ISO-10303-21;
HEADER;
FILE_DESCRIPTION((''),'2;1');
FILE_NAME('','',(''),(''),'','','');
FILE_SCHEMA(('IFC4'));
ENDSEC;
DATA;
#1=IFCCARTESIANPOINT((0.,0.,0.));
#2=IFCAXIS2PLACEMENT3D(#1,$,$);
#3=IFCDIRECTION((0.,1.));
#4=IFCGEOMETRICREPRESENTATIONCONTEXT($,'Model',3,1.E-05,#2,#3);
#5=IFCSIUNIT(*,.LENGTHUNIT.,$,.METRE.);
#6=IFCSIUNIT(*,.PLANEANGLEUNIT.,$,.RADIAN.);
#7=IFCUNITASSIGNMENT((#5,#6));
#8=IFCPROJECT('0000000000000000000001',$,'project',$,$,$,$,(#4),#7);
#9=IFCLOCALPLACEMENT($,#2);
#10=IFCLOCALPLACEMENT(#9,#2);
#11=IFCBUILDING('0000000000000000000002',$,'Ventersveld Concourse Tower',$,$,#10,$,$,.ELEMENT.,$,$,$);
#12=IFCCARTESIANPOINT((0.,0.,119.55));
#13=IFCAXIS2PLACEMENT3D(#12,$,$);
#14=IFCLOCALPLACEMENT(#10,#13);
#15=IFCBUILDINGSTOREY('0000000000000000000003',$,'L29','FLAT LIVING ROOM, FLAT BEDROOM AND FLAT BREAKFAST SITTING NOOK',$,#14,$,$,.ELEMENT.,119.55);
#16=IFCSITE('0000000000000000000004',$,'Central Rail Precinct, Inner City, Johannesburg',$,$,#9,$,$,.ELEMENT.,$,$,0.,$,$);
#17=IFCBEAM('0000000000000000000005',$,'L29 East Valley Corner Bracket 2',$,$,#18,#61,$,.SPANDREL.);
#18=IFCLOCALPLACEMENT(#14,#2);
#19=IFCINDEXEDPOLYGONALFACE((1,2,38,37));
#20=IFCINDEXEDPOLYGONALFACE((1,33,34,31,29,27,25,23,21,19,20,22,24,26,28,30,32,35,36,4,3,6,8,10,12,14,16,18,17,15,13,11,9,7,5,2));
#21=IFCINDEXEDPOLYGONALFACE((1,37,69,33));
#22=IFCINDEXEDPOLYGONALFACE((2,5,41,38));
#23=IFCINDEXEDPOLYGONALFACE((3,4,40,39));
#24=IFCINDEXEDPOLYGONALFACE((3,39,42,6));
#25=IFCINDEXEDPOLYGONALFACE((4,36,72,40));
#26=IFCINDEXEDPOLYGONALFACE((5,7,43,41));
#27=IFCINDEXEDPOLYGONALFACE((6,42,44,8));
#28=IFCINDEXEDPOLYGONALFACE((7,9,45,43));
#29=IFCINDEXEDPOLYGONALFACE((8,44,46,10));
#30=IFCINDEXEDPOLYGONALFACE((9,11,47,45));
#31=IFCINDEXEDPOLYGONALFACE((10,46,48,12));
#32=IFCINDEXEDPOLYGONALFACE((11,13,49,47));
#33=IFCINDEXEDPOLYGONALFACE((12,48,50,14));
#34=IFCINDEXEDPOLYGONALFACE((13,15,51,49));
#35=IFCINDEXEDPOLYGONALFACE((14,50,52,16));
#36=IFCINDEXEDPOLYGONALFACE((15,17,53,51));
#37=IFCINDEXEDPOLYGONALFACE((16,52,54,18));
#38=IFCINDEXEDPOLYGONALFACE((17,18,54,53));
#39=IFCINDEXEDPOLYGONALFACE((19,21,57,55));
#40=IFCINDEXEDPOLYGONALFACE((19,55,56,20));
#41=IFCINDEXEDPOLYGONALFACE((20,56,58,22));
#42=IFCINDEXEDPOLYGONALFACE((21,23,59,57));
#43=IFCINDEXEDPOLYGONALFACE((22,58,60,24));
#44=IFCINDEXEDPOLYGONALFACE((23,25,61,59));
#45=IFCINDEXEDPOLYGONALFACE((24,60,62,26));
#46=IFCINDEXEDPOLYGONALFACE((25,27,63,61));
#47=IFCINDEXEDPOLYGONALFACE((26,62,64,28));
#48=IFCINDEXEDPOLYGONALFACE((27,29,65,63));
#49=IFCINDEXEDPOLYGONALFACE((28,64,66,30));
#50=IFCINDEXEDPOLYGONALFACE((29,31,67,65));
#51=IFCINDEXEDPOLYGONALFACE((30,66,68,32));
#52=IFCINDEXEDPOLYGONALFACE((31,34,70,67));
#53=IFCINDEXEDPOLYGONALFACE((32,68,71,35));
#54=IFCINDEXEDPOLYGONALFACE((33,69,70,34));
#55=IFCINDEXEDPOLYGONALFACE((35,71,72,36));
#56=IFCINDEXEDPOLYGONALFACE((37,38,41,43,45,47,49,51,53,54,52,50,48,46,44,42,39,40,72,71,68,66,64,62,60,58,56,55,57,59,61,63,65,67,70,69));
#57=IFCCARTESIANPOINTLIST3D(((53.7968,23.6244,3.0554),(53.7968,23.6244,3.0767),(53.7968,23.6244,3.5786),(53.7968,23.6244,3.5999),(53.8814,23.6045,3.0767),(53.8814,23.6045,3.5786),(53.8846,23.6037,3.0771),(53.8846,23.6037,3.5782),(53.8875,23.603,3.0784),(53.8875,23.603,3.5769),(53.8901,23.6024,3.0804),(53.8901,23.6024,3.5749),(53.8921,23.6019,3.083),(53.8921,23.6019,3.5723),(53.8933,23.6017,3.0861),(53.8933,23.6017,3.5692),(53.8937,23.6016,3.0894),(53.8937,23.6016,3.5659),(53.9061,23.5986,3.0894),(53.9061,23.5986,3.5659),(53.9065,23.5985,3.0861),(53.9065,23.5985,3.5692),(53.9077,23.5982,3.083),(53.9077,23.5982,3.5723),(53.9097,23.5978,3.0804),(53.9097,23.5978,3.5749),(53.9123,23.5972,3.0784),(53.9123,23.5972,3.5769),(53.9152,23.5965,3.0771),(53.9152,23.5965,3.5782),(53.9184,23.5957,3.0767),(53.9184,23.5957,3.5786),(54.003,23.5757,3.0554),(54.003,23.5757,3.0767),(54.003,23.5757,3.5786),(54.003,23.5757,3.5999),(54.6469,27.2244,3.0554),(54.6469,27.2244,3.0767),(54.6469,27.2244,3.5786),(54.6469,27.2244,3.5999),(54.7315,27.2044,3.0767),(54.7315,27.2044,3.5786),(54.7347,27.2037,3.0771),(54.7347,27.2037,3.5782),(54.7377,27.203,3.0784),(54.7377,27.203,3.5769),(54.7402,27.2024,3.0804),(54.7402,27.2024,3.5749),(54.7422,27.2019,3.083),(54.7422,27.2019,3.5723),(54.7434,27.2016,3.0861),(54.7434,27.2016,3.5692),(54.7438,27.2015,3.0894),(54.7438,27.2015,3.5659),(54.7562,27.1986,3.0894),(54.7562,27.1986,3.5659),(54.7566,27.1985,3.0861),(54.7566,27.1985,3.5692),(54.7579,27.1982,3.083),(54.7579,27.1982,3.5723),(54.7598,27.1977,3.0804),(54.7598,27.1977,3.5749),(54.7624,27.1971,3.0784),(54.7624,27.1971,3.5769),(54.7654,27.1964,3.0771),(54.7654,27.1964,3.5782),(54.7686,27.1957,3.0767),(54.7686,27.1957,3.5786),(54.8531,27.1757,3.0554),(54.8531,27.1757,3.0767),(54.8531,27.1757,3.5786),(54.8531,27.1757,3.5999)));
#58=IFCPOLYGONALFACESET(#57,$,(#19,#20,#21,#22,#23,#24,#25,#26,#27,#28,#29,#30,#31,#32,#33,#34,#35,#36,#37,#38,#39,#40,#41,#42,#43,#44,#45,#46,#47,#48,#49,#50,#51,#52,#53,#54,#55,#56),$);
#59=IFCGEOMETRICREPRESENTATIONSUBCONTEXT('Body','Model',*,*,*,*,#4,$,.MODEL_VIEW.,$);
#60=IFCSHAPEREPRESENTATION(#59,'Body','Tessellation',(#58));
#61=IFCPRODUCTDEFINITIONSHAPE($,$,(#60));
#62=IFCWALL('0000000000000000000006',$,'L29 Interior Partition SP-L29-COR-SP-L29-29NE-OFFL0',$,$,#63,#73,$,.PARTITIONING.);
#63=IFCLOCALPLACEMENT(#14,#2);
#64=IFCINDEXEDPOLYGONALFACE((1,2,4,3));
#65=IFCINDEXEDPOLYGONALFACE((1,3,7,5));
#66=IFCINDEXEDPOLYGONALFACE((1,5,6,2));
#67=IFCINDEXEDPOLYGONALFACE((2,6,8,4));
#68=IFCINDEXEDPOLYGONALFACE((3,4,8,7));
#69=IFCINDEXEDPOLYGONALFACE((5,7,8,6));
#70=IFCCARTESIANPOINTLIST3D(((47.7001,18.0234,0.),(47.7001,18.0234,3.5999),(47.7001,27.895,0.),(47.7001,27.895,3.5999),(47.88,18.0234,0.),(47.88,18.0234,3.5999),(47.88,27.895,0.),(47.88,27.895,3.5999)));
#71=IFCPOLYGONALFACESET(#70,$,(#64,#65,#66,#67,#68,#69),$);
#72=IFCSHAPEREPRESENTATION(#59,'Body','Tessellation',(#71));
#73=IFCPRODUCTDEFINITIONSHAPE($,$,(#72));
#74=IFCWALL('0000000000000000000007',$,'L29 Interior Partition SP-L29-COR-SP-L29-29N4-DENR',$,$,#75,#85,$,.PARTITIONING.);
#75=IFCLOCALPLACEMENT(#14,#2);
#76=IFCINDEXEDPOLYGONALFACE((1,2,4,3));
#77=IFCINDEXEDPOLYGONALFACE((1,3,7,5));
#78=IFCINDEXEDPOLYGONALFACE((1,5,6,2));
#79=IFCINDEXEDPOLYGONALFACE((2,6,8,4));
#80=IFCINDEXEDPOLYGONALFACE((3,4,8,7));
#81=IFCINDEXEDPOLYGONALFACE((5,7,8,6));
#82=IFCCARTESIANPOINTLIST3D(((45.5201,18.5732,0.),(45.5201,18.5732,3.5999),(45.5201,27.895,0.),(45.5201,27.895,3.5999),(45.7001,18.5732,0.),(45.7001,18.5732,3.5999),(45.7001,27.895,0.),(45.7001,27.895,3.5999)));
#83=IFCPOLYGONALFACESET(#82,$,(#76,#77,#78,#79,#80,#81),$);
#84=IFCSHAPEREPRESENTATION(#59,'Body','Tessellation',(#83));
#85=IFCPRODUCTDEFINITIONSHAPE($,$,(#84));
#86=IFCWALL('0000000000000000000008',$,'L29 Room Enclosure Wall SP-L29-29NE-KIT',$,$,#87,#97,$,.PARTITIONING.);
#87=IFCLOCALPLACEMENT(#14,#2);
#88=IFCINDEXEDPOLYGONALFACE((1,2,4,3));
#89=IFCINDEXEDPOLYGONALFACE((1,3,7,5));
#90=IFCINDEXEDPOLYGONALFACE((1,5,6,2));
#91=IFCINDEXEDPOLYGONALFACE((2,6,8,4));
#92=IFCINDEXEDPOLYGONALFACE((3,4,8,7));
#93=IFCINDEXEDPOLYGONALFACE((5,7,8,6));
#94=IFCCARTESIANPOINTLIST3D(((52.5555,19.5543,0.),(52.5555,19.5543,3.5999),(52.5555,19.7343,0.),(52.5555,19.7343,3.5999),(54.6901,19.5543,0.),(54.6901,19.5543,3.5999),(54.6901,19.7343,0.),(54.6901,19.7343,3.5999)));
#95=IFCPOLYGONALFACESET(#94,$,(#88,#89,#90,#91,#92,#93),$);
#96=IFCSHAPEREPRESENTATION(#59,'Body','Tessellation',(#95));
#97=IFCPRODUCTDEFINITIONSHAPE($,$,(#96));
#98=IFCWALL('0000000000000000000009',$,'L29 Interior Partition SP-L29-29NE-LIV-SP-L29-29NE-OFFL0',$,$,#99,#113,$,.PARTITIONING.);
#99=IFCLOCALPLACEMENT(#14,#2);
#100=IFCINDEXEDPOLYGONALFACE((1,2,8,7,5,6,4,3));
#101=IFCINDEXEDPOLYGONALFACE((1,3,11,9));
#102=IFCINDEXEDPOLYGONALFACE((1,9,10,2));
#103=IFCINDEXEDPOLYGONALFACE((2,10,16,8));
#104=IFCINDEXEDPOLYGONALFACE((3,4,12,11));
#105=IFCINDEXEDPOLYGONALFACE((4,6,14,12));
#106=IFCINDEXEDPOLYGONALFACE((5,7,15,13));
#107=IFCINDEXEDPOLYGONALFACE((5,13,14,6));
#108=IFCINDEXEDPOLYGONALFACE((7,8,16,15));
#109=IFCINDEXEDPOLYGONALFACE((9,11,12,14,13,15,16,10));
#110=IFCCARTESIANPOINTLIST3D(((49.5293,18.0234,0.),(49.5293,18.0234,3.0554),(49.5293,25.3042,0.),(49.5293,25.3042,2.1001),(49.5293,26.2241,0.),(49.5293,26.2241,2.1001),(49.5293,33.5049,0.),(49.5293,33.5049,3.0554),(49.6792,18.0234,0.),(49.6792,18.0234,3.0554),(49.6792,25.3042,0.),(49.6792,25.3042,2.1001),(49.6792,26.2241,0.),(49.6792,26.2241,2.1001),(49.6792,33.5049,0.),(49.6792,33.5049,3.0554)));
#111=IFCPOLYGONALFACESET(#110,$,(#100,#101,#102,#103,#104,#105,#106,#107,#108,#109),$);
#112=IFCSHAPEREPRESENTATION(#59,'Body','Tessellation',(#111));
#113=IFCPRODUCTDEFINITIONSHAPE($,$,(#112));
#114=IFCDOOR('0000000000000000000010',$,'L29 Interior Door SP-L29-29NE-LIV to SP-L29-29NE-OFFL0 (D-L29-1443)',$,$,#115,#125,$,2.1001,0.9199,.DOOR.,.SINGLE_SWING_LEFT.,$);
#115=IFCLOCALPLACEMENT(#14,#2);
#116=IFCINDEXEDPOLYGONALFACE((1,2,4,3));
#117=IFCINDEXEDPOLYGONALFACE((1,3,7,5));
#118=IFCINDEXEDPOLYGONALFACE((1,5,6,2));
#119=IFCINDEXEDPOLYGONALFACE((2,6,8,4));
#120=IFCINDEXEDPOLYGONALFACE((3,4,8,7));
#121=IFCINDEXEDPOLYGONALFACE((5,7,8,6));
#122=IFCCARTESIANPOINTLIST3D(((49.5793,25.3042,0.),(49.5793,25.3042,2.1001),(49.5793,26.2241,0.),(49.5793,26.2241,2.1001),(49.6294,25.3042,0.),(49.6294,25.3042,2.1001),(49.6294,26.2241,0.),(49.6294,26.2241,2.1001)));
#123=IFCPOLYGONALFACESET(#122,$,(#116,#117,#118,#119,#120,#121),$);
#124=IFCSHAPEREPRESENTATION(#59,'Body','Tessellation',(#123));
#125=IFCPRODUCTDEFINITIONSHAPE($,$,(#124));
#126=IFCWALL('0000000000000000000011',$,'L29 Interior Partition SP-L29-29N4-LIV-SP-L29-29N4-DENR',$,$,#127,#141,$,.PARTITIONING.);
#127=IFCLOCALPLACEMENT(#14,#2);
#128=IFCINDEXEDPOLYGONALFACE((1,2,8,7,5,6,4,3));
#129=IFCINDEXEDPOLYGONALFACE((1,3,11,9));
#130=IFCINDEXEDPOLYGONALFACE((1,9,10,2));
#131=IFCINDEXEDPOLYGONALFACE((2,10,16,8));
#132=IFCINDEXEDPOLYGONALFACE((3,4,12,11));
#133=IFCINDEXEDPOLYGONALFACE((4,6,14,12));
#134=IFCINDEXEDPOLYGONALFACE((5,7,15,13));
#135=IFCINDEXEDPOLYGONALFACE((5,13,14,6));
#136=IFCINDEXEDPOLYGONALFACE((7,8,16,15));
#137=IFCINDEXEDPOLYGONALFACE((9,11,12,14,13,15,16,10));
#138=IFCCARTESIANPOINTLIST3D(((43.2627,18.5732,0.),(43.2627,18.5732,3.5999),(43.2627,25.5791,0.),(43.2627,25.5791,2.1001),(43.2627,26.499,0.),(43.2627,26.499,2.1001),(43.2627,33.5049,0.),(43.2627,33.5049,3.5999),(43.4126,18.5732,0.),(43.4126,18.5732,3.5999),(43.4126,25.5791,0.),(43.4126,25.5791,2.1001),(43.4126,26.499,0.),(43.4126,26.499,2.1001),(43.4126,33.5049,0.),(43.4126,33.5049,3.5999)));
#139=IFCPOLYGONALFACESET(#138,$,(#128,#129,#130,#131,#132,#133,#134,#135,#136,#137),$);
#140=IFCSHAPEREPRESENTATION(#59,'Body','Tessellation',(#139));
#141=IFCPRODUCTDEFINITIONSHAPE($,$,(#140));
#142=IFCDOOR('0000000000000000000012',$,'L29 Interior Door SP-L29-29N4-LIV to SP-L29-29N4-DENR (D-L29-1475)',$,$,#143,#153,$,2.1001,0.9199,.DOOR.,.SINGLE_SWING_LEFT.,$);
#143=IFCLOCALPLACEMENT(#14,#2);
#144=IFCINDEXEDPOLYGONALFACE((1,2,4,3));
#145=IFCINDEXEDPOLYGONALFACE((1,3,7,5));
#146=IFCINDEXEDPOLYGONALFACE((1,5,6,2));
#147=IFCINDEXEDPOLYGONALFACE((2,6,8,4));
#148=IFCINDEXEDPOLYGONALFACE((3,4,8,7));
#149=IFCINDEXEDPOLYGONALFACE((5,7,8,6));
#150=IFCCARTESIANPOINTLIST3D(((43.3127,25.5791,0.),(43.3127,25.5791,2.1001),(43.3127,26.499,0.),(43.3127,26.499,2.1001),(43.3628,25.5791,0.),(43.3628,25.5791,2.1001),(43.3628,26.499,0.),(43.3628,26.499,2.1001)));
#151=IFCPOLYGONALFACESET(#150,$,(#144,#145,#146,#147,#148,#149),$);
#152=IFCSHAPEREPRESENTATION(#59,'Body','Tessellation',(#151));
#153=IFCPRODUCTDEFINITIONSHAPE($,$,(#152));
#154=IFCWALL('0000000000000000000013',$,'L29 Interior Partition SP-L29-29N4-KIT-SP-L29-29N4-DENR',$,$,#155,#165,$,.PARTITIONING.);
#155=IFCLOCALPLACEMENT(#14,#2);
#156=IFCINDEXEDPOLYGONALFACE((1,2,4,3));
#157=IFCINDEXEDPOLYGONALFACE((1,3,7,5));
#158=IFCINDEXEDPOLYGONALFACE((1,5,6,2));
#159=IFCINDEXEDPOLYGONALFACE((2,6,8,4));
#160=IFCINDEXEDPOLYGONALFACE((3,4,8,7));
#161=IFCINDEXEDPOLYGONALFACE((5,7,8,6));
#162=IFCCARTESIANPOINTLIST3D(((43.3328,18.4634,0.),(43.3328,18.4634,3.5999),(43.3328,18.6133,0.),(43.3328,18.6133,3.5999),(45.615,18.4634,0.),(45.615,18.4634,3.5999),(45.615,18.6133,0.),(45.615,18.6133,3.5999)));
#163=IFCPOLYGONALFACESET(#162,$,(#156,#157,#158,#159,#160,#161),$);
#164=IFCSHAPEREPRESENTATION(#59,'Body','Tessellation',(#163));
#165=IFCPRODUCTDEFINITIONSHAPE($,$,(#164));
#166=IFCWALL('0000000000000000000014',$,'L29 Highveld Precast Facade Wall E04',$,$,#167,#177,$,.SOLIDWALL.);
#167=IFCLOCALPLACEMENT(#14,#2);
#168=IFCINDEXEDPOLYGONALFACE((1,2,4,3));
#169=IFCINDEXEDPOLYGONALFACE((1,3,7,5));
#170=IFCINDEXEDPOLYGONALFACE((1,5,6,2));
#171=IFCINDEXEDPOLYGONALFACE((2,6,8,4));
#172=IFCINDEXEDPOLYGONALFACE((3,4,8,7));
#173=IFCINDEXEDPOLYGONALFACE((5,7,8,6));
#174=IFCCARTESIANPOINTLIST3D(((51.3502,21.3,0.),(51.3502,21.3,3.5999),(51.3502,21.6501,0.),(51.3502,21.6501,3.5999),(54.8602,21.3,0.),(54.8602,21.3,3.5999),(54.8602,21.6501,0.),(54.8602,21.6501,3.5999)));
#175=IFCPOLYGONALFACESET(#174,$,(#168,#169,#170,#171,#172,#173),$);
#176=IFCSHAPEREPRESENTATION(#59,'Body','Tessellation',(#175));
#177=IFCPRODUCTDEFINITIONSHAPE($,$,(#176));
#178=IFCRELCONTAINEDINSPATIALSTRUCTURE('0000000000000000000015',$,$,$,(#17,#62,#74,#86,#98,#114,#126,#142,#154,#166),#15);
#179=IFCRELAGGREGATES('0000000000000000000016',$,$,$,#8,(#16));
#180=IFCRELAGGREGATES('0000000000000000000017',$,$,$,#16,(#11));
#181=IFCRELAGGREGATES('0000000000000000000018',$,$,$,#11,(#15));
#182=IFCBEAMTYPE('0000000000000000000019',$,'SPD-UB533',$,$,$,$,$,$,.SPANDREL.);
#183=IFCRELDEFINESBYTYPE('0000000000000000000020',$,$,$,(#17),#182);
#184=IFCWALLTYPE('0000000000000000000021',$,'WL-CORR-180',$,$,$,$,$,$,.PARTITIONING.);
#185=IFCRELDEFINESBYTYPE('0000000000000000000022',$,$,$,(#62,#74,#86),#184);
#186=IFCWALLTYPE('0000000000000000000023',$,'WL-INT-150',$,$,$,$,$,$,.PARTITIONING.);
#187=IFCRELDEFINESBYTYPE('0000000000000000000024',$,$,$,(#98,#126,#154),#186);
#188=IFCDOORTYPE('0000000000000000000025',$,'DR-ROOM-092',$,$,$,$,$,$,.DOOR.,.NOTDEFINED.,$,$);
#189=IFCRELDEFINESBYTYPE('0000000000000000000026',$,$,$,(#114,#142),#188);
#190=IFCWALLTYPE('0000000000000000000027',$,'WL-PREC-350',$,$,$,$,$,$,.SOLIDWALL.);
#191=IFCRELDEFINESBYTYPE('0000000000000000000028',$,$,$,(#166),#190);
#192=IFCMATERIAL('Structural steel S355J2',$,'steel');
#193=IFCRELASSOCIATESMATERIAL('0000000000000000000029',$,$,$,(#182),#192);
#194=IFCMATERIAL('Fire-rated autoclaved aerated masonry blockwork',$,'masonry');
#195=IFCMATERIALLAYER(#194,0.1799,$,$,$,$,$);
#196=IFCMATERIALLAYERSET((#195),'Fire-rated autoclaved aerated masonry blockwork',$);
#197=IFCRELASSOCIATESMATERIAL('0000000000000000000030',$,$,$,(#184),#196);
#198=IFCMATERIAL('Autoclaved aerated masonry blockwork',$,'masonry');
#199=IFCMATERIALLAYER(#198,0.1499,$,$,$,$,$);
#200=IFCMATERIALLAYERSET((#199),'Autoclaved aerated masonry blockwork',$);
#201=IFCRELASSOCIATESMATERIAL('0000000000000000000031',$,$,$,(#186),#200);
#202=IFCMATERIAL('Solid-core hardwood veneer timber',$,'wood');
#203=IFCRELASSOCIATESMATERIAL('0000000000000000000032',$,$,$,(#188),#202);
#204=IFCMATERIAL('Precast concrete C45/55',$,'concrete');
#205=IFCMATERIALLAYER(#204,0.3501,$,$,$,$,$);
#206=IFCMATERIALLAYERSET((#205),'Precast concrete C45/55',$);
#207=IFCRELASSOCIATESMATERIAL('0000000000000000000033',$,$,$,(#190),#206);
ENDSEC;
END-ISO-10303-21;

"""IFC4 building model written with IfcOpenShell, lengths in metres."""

from ifc_helpers import new_model, si_unit, direction, frame, frame_2d, origin, origin_2d, place, context, subcontext, project, spatial, rectangle, i_section, extrude, material, layer, layer_set, material_profile, profile_set, type_object, element, fill, save


model = new_model("IFC4")

# Units and contexts
model_context = context("Model", 3, precision=1e-05, world=origin(), true_north=direction((0.0, 1.0)))
body_context = subcontext(model_context, "Body", "Model", "MODEL_VIEW")
ifc_project = project(units=[si_unit("LENGTHUNIT", "METRE"), si_unit("PLANEANGLEUNIT", "RADIAN")], contexts=[model_context])

# Site, building, storey
site_placement = place(None, origin())
site = spatial("IfcSite", under=ifc_project, at=site_placement, Name="Central Rail Precinct, Inner City, Johannesburg", CompositionType="ELEMENT", RefElevation=0.0)
building_placement = place(site_placement, origin())
building = spatial("IfcBuilding", under=site, at=building_placement, Name="Ventersveld Concourse Tower", CompositionType="ELEMENT")
storey_placement = place(building_placement, frame((0.0, 0.0, 119.55)))
storey = spatial("IfcBuildingStorey", under=building, at=storey_placement, Name="L29", Description="FLAT LIVING ROOM, FLAT BEDROOM AND FLAT BREAKFAST SITTING NOOK", CompositionType="ELEMENT", Elevation=119.55)

# Beam
ifc_material_1 = material(Name="Structural steel S355J2", Category="steel")
ifc_material_profile_1 = material_profile(ifc_material_1, i_section(OverallWidth=0.2119, OverallDepth=0.5444, WebThickness=0.0127, FlangeThickness=0.0212, FilletRadius=0.0127, at=origin_2d()), Name="UB 533x210x122")
ifc_profile_set_1 = profile_set([ifc_material_profile_1], Name="Structural steel S355J2")
beam_type_1 = type_object("IfcBeamType", Name="SPD-UB533", PredefinedType="SPANDREL", material=ifc_profile_set_1)
beam_1_placement = place(storey_placement, frame((53.8999, 23.6001, 3.3276), z_axis=(0.229827, 0.973232, 0.0), x_axis=(-0.973232, 0.229827, 0.0)))
element("IfcBeam", 1, at=beam_1_placement, inside=storey, type_object=beam_type_1, Name="L29 East Valley Corner Bracket 2", PredefinedType="SPANDREL", context=body_context, shape_type="SweptSolid", body=[
    extrude(i_section(OverallWidth=0.2119, OverallDepth=0.5444, WebThickness=0.0127, FlangeThickness=0.0212, FilletRadius=0.0127, at=origin_2d()), origin(), (0.0, 0.0, 1.0), 3.699),
])

# Walls
ifc_material_2 = material(Name="Fire-rated autoclaved aerated masonry blockwork", Category="masonry")
ifc_layer_1 = layer(ifc_material_2, 0.1799)
ifc_layer_set_1 = layer_set([ifc_layer_1], Name="Fire-rated autoclaved aerated masonry blockwork")
wall_type_1 = type_object("IfcWallType", Name="WL-CORR-180", PredefinedType="PARTITIONING", material=ifc_layer_set_1)
wall_1_placement = place(storey_placement, frame((47.79, 18.0234, 0.0), z_axis=(0.0, 0.0, 1.0), x_axis=(0.0, 1.0, 0.0)))
element("IfcWall", 2, at=wall_1_placement, inside=storey, type_object=wall_type_1, Name="L29 Interior Partition SP-L29-COR-SP-L29-29NE-OFFL0", PredefinedType="PARTITIONING", context=body_context, shape_type="SweptSolid", body=[
    extrude(rectangle(XDim=9.8716, YDim=0.1799, at=frame_2d((4.9358, 0.0))), origin(), (0.0, 0.0, 1.0), 3.5999),
])
wall_2_placement = place(storey_placement, frame((45.6101, 18.5732, 0.0), z_axis=(0.0, 0.0, 1.0), x_axis=(0.0, 1.0, 0.0)))
element("IfcWall", 3, at=wall_2_placement, inside=storey, type_object=wall_type_1, Name="L29 Interior Partition SP-L29-COR-SP-L29-29N4-DENR", PredefinedType="PARTITIONING", context=body_context, shape_type="SweptSolid", body=[
    extrude(rectangle(XDim=9.3218, YDim=0.1799, at=frame_2d((4.6609, 0.0))), origin(), (0.0, 0.0, 1.0), 3.5999),
])
wall_3_placement = place(storey_placement, frame((52.5554, 19.6443, 0.0), z_axis=(0.0, 0.0, 1.0), x_axis=(1.0, 0.0, 0.0)))
element("IfcWall", 4, at=wall_3_placement, inside=storey, type_object=wall_type_1, Name="L29 Room Enclosure Wall SP-L29-29NE-KIT", PredefinedType="PARTITIONING", context=body_context, shape_type="SweptSolid", body=[
    extrude(rectangle(XDim=2.1345, YDim=0.1799, at=frame_2d((1.0674, 0.0))), origin(), (0.0, 0.0, 1.0), 3.5999),
])

# Walls, openings, doors
ifc_material_3 = material(Name="Autoclaved aerated masonry blockwork", Category="masonry")
ifc_layer_2 = layer(ifc_material_3, 0.1499)
ifc_layer_set_2 = layer_set([ifc_layer_2], Name="Autoclaved aerated masonry blockwork")
wall_type_2 = type_object("IfcWallType", Name="WL-INT-150", PredefinedType="PARTITIONING", material=ifc_layer_set_2)
wall_4_placement = place(storey_placement, frame((49.6042, 18.0234, 0.0), z_axis=(0.0, 0.0, 1.0), x_axis=(0.0, 1.0, 0.0)))
wall_4 = element("IfcWall", 5, at=wall_4_placement, inside=storey, type_object=wall_type_2, Name="L29 Interior Partition SP-L29-29NE-LIV-SP-L29-29NE-OFFL0", PredefinedType="PARTITIONING", context=body_context, shape_type="SweptSolid", body=[
    extrude(rectangle(XDim=15.4814, YDim=0.1499, at=frame_2d((7.7407, 0.0))), origin(), (0.0, 0.0, 1.0), 3.0554),
])
opening_1_placement = place(wall_4_placement, frame((7.2808, 0.0, 0.0)))
opening_1 = element("IfcOpeningElement", 6, at=opening_1_placement, cuts=wall_4, PredefinedType="OPENING", context=body_context, shape_type="SweptSolid", body=[
    extrude(rectangle(XDim=0.9199, YDim=2.1001, at=frame_2d((0.46, 1.05))), frame((0.0, 0.085, 0.0), z_axis=(0.0, -1.0, 0.0), x_axis=(1.0, 0.0, 0.0)), (0.0, 0.0, 1.0), 0.1699),
])
ifc_material_4 = material(Name="Solid-core hardwood veneer timber", Category="wood")
door_type_1 = type_object("IfcDoorType", Name="DR-ROOM-092", OperationType="NOTDEFINED", PredefinedType="DOOR", material=ifc_material_4)
door_1_placement = place(opening_1_placement, origin())
door_1 = element("IfcDoor", 7, at=door_1_placement, inside=storey, type_object=door_type_1, Name="L29 Interior Door SP-L29-29NE-LIV to SP-L29-29NE-OFFL0 (D-L29-1443)", OperationType="SINGLE_SWING_LEFT", OverallHeight=2.1001, OverallWidth=0.9199, PredefinedType="DOOR", context=body_context, shape_type="SweptSolid", body=[
    extrude(rectangle(XDim=0.9199, YDim=2.1001, at=frame_2d((0.46, 1.05))), frame((0.0, 0.0249, 0.0), z_axis=(0.0, -1.0, 0.0), x_axis=(1.0, 0.0, 0.0)), (0.0, 0.0, 1.0), 0.05),
])
fill(opening_1, door_1)
wall_5_placement = place(storey_placement, frame((43.3376, 18.5732, 0.0), z_axis=(0.0, 0.0, 1.0), x_axis=(0.0, 1.0, 0.0)))
wall_5 = element("IfcWall", 8, at=wall_5_placement, inside=storey, type_object=wall_type_2, Name="L29 Interior Partition SP-L29-29N4-LIV-SP-L29-29N4-DENR", PredefinedType="PARTITIONING", context=body_context, shape_type="SweptSolid", body=[
    extrude(rectangle(XDim=14.9316, YDim=0.1499, at=frame_2d((7.4658, 0.0))), origin(), (0.0, 0.0, 1.0), 3.5999),
])
opening_2_placement = place(wall_5_placement, frame((7.0059, 0.0, 0.0)))
opening_2 = element("IfcOpeningElement", 9, at=opening_2_placement, cuts=wall_5, PredefinedType="OPENING", context=body_context, shape_type="SweptSolid", body=[
    extrude(rectangle(XDim=0.9199, YDim=2.1001, at=frame_2d((0.46, 1.05))), frame((0.0, 0.085, 0.0), z_axis=(0.0, -1.0, 0.0), x_axis=(1.0, 0.0, 0.0)), (0.0, 0.0, 1.0), 0.1699),
])
door_2_placement = place(opening_2_placement, origin())
door_2 = element("IfcDoor", 10, at=door_2_placement, inside=storey, type_object=door_type_1, Name="L29 Interior Door SP-L29-29N4-LIV to SP-L29-29N4-DENR (D-L29-1475)", OperationType="SINGLE_SWING_LEFT", OverallHeight=2.1001, OverallWidth=0.9199, PredefinedType="DOOR", context=body_context, shape_type="SweptSolid", body=[
    extrude(rectangle(XDim=0.9199, YDim=2.1001, at=frame_2d((0.46, 1.05))), frame((0.0, 0.0249, 0.0), z_axis=(0.0, -1.0, 0.0), x_axis=(1.0, 0.0, 0.0)), (0.0, 0.0, 1.0), 0.05),
])
fill(opening_2, door_2)

# Walls
wall_6_placement = place(storey_placement, frame((43.3328, 18.5383, 0.0), z_axis=(0.0, 0.0, 1.0), x_axis=(1.0, 0.0, 0.0)))
element("IfcWall", 11, at=wall_6_placement, inside=storey, type_object=wall_type_2, Name="L29 Interior Partition SP-L29-29N4-KIT-SP-L29-29N4-DENR", PredefinedType="PARTITIONING", context=body_context, shape_type="SweptSolid", body=[
    extrude(rectangle(XDim=2.2822, YDim=0.1499, at=frame_2d((1.1411, 0.0))), origin(), (0.0, 0.0, 1.0), 3.5999),
])
ifc_material_5 = material(Name="Precast concrete C45/55", Category="concrete")
ifc_layer_3 = layer(ifc_material_5, 0.3501)
ifc_layer_set_3 = layer_set([ifc_layer_3], Name="Precast concrete C45/55")
wall_type_3 = type_object("IfcWallType", Name="WL-PREC-350", PredefinedType="SOLIDWALL", material=ifc_layer_set_3)
wall_7_placement = place(storey_placement, frame((54.8601, 21.4751, 0.0), z_axis=(0.0, 0.0, 1.0), x_axis=(-1.0, 0.0, 0.0)))
element("IfcWall", 12, at=wall_7_placement, inside=storey, type_object=wall_type_3, Name="L29 Highveld Precast Facade Wall E04", PredefinedType="SOLIDWALL", context=body_context, shape_type="SweptSolid", body=[
    extrude(rectangle(XDim=3.51, YDim=0.3501, at=frame_2d((1.7549, 0.0))), origin(), (0.0, 0.0, 1.0), 3.5999),
])

save(model, "model.ifc")
